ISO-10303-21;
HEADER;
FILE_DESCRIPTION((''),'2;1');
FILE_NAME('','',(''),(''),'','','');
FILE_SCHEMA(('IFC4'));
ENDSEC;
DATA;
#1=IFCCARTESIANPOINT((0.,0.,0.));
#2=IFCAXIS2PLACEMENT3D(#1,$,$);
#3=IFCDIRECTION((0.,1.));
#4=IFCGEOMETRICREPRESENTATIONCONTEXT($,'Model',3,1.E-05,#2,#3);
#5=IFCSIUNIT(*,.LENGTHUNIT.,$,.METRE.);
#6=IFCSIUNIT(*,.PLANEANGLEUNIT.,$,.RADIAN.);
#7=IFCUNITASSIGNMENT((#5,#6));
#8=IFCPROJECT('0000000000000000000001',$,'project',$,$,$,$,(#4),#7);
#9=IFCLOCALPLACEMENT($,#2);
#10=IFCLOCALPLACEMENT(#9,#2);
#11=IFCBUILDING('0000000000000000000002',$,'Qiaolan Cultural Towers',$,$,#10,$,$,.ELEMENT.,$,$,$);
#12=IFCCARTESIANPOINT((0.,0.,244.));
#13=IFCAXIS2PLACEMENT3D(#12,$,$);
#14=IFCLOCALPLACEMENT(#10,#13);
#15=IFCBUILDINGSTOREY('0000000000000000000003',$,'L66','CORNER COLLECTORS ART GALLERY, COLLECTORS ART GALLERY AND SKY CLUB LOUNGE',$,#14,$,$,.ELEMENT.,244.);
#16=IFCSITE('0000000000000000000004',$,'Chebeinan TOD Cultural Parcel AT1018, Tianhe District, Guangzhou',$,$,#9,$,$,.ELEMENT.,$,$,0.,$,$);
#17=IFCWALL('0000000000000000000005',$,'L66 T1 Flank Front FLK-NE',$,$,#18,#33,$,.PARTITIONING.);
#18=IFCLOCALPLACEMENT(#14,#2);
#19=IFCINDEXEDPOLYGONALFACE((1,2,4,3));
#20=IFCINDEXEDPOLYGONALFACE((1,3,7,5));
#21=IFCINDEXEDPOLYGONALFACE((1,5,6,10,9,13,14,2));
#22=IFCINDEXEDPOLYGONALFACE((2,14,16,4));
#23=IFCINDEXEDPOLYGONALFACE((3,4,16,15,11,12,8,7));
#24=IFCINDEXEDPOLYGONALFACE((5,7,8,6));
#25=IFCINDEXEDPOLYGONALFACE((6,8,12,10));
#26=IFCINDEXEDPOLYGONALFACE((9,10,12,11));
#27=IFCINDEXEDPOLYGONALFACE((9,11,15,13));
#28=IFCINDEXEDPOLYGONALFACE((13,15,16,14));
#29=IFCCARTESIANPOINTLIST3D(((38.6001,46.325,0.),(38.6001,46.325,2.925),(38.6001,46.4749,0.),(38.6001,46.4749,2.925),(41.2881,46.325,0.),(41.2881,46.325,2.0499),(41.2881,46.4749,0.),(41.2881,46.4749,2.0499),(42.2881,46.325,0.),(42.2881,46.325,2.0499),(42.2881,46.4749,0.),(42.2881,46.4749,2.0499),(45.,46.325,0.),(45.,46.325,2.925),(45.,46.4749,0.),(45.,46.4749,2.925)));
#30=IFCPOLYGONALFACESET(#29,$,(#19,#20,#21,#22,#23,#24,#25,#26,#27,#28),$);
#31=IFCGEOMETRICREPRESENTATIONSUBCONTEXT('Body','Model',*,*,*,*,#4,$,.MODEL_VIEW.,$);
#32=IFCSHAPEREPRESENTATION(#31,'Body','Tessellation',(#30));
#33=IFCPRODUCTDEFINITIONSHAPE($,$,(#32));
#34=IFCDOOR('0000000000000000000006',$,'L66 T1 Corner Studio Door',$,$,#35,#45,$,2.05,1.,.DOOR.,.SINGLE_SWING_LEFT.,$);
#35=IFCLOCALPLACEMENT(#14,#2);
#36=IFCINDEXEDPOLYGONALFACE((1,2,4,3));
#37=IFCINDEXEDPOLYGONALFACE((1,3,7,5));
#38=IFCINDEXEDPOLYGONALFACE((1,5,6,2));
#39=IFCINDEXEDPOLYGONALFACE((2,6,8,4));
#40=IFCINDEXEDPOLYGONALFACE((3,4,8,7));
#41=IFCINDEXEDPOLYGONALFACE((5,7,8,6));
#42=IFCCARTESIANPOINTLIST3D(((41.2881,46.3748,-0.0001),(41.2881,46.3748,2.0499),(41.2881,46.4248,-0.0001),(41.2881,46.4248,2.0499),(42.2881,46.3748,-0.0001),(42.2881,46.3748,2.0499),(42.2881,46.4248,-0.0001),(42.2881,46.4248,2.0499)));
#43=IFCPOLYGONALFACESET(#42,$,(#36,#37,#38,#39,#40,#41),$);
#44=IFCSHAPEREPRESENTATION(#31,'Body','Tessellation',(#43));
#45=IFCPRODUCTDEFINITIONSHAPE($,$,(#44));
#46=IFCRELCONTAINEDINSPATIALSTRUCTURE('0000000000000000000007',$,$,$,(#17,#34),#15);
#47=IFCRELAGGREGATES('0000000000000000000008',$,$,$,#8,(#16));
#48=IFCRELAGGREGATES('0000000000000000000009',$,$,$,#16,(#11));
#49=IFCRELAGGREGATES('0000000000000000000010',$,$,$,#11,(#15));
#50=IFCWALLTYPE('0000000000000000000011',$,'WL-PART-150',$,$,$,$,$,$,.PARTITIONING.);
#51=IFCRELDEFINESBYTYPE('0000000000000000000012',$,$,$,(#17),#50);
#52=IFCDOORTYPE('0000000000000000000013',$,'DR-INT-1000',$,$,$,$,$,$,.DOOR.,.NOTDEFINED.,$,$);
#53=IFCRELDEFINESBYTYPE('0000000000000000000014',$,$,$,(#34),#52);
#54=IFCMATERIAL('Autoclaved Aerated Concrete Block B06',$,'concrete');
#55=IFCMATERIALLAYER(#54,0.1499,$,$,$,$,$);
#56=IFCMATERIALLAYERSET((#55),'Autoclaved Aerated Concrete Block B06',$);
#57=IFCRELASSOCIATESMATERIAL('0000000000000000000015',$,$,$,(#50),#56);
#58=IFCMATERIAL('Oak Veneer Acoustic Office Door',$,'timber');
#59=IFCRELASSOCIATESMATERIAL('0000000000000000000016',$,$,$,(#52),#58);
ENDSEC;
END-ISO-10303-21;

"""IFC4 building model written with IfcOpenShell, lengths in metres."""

from ifc_helpers import new_model, si_unit, direction, frame, frame_2d, origin, place, context, subcontext, project, spatial, rectangle, extrude, material, layer, layer_set, type_object, element, fill, save


model = new_model("IFC4")

# Units and contexts
model_context = context("Model", 3, precision=1e-05, world=origin(), true_north=direction((0.0, 1.0)))
body_context = subcontext(model_context, "Body", "Model", "MODEL_VIEW")
ifc_project = project(units=[si_unit("LENGTHUNIT", "METRE"), si_unit("PLANEANGLEUNIT", "RADIAN")], contexts=[model_context])

# Site, building, storey
site_placement = place(None, origin())
site = spatial("IfcSite", under=ifc_project, at=site_placement, Name="Chebeinan TOD Cultural Parcel AT1018, Tianhe District, Guangzhou", CompositionType="ELEMENT", RefElevation=0.0)
building_placement = place(site_placement, origin())
building = spatial("IfcBuilding", under=site, at=building_placement, Name="Qiaolan Cultural Towers", CompositionType="ELEMENT")
storey_placement = place(building_placement, frame((0.0, 0.0, 244.0)))
storey = spatial("IfcBuildingStorey", under=building, at=storey_placement, Name="L66", Description="CORNER COLLECTORS ART GALLERY, COLLECTORS ART GALLERY AND SKY CLUB LOUNGE", CompositionType="ELEMENT", Elevation=244.0)

# Shared definitions
ifc_material_1 = material(Name="Autoclaved Aerated Concrete Block B06", Category="concrete")
ifc_layer_1 = layer(ifc_material_1, 0.1499)
ifc_layer_set_1 = layer_set([ifc_layer_1], Name="Autoclaved Aerated Concrete Block B06")
wall_type_1 = type_object("IfcWallType", Name="WL-PART-150", PredefinedType="PARTITIONING", material=ifc_layer_set_1)

# Wall, opening, door
wall_1_placement = place(storey_placement, frame((38.6001, 46.3999, 0.0), z_axis=(0.0, 0.0, 1.0), x_axis=(1.0, 0.0, 0.0)))
wall_1 = element("IfcWall", 1, at=wall_1_placement, inside=storey, type_object=wall_type_1, Name="L66 T1 Flank Front FLK-NE", PredefinedType="PARTITIONING", context=body_context, shape_type="SweptSolid", body=[
    extrude(rectangle(XDim=6.3999, YDim=0.1499, at=frame_2d((3.2, 0.0))), origin(), (0.0, 0.0, 1.0), 2.925),
])
opening_1_placement = place(wall_1_placement, frame((2.688, 0.0, 0.0)))
opening_1 = element("IfcOpeningElement", 2, at=opening_1_placement, cuts=wall_1, PredefinedType="OPENING", context=body_context, shape_type="SweptSolid", body=[
    extrude(rectangle(XDim=1.0, YDim=2.05, at=frame_2d((0.5, 1.0249))), frame((0.0, 0.085, 0.0), z_axis=(0.0, -1.0, 0.0), x_axis=(1.0, 0.0, 0.0)), (0.0, 0.0, 1.0), 0.1699),
])
ifc_material_2 = material(Name="Oak Veneer Acoustic Office Door", Category="timber")
door_type_1 = type_object("IfcDoorType", Name="DR-INT-1000", OperationType="NOTDEFINED", PredefinedType="DOOR", material=ifc_material_2)
door_1_placement = place(opening_1_placement, origin())
door_1 = element("IfcDoor", 3, at=door_1_placement, inside=storey, type_object=door_type_1, Name="L66 T1 Corner Studio Door", OperationType="SINGLE_SWING_LEFT", OverallHeight=2.05, OverallWidth=1.0, PredefinedType="DOOR", context=body_context, shape_type="SweptSolid", body=[
    extrude(rectangle(XDim=1.0, YDim=2.05, at=frame_2d((0.5, 1.0249))), frame((0.0, 0.0249, 0.0), z_axis=(0.0, -1.0, 0.0), x_axis=(1.0, 0.0, 0.0)), (0.0, 0.0, 1.0), 0.05),
])
fill(opening_1, door_1)

save(model, "model.ifc")
